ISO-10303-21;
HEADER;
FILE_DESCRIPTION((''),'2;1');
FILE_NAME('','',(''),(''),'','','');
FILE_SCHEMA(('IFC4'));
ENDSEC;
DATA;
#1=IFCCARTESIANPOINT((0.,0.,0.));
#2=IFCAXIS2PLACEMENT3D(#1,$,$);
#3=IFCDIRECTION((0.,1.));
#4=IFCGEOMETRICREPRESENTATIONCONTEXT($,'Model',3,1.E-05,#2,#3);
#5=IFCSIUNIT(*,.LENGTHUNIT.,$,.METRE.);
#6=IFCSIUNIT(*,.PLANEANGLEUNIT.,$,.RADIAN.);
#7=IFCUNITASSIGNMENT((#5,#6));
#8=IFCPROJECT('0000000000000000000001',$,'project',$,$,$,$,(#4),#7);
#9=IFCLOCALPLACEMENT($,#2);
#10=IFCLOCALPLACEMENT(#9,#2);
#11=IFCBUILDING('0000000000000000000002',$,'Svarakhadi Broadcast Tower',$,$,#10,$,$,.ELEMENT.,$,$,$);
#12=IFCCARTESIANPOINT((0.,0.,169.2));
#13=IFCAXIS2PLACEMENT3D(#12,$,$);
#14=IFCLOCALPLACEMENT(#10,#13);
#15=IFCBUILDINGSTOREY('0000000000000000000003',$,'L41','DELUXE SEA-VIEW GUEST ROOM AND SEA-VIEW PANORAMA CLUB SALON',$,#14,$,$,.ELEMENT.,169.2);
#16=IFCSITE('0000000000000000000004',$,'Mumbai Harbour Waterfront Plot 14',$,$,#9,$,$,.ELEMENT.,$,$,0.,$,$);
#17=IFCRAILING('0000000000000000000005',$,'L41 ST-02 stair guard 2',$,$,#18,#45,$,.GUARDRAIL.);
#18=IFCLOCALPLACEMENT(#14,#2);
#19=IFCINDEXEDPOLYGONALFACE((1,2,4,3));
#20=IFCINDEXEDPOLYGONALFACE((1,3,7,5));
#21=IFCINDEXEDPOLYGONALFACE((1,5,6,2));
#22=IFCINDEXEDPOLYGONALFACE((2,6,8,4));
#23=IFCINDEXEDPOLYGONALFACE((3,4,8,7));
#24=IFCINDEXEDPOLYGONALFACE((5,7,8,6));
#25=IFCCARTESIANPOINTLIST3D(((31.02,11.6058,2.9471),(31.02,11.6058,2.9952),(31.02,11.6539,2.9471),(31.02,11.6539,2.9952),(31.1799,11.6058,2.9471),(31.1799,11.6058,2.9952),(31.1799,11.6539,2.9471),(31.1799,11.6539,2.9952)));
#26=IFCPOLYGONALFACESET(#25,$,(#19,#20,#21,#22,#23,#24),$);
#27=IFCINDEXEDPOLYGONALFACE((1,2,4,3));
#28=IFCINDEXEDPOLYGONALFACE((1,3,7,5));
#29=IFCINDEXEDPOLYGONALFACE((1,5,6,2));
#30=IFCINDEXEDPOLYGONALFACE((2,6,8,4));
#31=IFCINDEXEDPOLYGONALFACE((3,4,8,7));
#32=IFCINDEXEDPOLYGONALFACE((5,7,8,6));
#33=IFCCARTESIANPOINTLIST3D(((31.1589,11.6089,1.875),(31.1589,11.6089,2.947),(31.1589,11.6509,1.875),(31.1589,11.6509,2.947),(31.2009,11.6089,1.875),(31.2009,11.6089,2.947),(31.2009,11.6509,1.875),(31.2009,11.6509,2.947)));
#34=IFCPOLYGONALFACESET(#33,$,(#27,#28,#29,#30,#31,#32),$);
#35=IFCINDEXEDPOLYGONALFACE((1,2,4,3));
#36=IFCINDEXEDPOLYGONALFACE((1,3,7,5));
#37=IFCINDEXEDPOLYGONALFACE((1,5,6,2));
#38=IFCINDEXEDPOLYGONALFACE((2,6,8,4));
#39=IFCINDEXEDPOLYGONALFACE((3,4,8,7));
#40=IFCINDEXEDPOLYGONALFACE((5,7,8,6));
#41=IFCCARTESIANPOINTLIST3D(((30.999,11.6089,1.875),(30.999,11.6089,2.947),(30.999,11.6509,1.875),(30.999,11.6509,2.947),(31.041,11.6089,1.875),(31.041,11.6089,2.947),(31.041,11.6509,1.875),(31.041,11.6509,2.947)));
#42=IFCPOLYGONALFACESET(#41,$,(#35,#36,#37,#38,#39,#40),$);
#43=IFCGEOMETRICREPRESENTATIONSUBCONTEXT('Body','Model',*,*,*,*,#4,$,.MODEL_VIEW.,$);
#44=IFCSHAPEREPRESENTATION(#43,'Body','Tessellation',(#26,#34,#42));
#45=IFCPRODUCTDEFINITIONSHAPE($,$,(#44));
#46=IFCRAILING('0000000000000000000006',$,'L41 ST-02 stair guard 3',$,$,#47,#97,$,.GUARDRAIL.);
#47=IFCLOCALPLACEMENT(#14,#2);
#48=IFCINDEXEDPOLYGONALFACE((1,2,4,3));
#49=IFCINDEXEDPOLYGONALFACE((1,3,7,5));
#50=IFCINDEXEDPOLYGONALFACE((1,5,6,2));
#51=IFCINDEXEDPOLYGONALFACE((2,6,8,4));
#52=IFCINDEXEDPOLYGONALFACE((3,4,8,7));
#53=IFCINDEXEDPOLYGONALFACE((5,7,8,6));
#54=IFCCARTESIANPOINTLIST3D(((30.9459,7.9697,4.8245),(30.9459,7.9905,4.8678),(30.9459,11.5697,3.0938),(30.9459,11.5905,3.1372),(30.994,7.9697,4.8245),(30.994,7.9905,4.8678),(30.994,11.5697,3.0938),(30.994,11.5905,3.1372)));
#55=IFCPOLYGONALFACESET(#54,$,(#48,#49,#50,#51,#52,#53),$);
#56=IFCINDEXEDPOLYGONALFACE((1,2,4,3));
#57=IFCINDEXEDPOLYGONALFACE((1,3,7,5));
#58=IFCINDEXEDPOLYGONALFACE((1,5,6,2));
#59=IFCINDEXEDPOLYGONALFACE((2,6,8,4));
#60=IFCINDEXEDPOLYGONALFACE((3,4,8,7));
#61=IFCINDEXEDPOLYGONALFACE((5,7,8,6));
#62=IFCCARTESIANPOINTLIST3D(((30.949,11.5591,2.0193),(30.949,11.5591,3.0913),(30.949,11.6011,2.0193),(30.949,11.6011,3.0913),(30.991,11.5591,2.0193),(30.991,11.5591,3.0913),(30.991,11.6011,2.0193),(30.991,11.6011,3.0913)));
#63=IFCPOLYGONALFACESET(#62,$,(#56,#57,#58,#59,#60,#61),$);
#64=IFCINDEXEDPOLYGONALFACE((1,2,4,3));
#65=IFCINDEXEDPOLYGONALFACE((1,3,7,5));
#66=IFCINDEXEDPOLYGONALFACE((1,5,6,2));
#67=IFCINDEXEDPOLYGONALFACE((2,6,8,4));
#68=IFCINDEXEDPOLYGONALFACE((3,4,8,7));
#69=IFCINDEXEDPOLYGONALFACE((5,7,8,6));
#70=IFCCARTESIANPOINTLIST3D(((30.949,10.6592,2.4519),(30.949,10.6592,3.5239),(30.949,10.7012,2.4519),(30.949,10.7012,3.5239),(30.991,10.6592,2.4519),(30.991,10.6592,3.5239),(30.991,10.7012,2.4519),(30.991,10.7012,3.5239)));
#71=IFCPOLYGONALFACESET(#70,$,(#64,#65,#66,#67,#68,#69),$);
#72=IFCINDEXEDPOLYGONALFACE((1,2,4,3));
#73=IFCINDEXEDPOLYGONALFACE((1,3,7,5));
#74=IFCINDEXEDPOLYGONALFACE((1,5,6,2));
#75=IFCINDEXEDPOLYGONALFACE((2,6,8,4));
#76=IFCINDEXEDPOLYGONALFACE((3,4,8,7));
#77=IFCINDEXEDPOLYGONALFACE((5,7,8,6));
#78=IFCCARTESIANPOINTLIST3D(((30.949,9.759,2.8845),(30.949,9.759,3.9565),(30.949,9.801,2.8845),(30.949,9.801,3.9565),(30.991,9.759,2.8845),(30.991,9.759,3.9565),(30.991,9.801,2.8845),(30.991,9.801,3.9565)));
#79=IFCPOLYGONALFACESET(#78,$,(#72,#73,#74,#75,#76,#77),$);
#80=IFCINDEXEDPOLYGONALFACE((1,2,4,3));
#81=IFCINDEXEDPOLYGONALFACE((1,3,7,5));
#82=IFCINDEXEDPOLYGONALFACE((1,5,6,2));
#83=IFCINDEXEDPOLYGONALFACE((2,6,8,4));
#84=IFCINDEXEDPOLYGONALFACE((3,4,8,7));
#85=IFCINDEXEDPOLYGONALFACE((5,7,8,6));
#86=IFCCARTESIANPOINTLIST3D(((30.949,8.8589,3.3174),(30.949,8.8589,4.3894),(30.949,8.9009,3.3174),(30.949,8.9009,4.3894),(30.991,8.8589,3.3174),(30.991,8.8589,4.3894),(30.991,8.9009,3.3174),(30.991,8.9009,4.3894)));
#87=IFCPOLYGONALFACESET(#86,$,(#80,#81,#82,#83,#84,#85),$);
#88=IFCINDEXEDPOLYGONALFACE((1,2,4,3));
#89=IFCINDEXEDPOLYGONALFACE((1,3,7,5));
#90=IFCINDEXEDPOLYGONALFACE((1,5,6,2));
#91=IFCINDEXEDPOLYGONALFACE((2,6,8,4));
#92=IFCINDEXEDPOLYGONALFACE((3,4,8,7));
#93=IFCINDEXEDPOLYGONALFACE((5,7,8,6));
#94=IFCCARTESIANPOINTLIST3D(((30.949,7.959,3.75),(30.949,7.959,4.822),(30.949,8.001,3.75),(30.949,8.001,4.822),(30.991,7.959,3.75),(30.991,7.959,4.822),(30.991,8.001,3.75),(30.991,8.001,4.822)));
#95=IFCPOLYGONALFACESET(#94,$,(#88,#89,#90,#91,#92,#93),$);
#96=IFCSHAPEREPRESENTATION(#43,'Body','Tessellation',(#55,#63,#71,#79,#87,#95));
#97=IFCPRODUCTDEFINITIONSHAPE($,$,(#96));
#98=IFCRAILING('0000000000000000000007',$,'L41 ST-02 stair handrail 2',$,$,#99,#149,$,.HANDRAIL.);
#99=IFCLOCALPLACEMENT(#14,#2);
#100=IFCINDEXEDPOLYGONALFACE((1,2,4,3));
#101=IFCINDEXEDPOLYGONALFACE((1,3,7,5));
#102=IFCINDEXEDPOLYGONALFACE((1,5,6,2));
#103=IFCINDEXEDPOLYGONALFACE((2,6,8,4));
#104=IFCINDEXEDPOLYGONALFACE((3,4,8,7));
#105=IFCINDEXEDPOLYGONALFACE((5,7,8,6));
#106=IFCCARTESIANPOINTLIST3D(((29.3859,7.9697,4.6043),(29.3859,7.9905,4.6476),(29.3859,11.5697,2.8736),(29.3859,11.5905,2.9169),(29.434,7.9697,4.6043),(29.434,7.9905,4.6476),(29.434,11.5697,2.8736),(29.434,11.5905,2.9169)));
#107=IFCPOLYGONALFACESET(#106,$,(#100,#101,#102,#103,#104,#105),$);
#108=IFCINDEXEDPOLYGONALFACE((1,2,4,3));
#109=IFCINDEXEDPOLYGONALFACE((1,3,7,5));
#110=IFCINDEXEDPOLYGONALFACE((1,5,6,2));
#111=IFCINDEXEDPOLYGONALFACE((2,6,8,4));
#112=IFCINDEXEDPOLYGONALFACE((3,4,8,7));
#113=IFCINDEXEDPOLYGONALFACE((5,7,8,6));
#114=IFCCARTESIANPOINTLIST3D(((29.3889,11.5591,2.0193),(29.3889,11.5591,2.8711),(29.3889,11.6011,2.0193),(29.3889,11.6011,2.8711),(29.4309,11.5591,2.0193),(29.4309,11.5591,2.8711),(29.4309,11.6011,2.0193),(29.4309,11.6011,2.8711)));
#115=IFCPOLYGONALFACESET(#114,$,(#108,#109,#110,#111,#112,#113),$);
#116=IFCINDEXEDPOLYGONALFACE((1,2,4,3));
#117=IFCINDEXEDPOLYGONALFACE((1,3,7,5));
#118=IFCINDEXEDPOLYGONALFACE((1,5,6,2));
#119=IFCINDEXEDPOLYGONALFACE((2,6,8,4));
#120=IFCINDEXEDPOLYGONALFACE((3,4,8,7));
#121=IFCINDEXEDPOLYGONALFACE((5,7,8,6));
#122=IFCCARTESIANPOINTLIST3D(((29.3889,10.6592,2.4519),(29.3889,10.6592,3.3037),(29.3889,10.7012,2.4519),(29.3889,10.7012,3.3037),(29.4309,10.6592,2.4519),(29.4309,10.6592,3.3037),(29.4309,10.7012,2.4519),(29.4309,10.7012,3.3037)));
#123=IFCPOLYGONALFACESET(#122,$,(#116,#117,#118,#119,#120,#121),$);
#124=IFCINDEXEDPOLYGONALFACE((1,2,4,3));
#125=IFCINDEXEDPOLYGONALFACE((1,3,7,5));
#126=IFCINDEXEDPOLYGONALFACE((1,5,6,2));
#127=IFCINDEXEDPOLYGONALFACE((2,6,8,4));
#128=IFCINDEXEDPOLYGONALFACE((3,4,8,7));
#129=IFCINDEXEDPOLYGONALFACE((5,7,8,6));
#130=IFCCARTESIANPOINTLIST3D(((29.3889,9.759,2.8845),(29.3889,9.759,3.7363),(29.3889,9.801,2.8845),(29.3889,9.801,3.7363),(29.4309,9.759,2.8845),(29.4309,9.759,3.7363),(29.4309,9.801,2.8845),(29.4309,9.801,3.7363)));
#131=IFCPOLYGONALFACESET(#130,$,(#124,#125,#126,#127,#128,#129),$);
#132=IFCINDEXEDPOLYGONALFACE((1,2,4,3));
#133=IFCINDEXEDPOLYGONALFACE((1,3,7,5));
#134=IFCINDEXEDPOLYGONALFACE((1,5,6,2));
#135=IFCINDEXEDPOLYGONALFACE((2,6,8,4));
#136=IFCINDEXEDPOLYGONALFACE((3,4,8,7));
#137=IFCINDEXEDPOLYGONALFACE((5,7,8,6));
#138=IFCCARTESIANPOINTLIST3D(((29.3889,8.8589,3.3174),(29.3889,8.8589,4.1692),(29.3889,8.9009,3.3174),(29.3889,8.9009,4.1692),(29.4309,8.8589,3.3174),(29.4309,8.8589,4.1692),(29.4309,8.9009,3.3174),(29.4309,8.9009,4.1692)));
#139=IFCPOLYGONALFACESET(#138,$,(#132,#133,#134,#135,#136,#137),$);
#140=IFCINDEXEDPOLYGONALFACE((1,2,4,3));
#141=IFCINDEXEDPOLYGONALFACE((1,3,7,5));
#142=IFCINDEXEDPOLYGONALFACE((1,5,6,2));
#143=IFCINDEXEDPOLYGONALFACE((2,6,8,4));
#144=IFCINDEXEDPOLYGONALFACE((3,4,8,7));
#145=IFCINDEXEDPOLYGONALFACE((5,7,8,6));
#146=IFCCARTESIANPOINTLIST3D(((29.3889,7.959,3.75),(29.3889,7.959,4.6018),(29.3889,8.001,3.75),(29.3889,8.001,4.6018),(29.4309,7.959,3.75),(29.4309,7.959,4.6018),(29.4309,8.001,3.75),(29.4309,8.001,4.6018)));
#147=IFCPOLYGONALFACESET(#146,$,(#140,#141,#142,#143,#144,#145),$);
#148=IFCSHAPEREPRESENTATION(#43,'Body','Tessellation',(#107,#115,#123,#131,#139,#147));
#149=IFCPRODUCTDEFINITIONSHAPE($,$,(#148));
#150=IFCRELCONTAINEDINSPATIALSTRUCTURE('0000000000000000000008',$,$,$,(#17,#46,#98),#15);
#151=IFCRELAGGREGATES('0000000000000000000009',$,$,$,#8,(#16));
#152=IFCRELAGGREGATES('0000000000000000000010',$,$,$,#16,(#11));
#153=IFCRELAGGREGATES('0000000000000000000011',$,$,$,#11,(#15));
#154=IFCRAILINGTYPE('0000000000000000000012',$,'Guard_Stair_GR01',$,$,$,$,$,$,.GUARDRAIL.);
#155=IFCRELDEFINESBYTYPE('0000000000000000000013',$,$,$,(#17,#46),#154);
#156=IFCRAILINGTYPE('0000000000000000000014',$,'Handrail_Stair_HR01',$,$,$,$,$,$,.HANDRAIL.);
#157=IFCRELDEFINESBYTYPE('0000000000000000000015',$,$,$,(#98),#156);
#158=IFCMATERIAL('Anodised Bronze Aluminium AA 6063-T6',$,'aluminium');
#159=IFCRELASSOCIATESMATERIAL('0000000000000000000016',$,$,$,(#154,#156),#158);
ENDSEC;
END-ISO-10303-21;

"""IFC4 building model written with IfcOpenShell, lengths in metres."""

from ifc_helpers import new_model, si_unit, direction, frame, origin, origin_2d, place, context, subcontext, project, spatial, rectangle, extrude, material, type_object, element, save


model = new_model("IFC4")

# Units and contexts
model_context = context("Model", 3, precision=1e-05, world=origin(), true_north=direction((0.0, 1.0)))
body_context = subcontext(model_context, "Body", "Model", "MODEL_VIEW")
ifc_project = project(units=[si_unit("LENGTHUNIT", "METRE"), si_unit("PLANEANGLEUNIT", "RADIAN")], contexts=[model_context])

# Site, building, storey
site_placement = place(None, origin())
site = spatial("IfcSite", under=ifc_project, at=site_placement, Name="Mumbai Harbour Waterfront Plot 14", CompositionType="ELEMENT", RefElevation=0.0)
building_placement = place(site_placement, origin())
building = spatial("IfcBuilding", under=site, at=building_placement, Name="Svarakhadi Broadcast Tower", CompositionType="ELEMENT")
storey_placement = place(building_placement, frame((0.0, 0.0, 169.2)))
storey = spatial("IfcBuildingStorey", under=building, at=storey_placement, Name="L41", Description="DELUXE SEA-VIEW GUEST ROOM AND SEA-VIEW PANORAMA CLUB SALON", CompositionType="ELEMENT", Elevation=169.2)

# Shared definitions
ifc_material_1 = material(Name="Anodised Bronze Aluminium AA 6063-T6", Category="aluminium")

# Railings
railing_type_1 = type_object("IfcRailingType", Name="Guard_Stair_GR01", PredefinedType="GUARDRAIL", material=ifc_material_1)
railing_1_placement = place(storey_placement, frame((31.1799, 11.6299, 1.875)))
element("IfcRailing", 1, at=railing_1_placement, inside=storey, type_object=railing_type_1, Name="L41 ST-02 stair guard 2", PredefinedType="GUARDRAIL", context=body_context, shape_type="SweptSolid", body=[
    extrude(rectangle(XDim=0.0481, YDim=0.0481, at=origin_2d()), frame((0.0, 0.0, 1.0962), z_axis=(-1.0, 0.0, 0.0), x_axis=(0.0, -1.0, 0.0)), (0.0, 0.0, 1.0), 0.1599),
    extrude(rectangle(XDim=0.042, YDim=0.042, at=origin_2d()), origin(), (0.0, 0.0, 1.0), 1.072),
    extrude(rectangle(XDim=0.042, YDim=0.042, at=origin_2d()), frame((-0.1599, 0.0, 0.0)), (0.0, 0.0, 1.0), 1.072),
])
railing_2_placement = place(storey_placement, frame((30.97, 11.5801, 2.0193)))
element("IfcRailing", 2, at=railing_2_placement, inside=storey, type_object=railing_type_1, Name="L41 ST-02 stair guard 3", PredefinedType="GUARDRAIL", context=body_context, shape_type="SweptSolid", body=[
    extrude(rectangle(XDim=0.0481, YDim=0.0481, at=origin_2d()), frame((0.0, 0.0, 1.0962), z_axis=(0.0, -0.901263, 0.433273), x_axis=(1.0, 0.0, 0.0)), (0.0, 0.0, 1.0), 3.9944),
    extrude(rectangle(XDim=0.042, YDim=0.042, at=origin_2d()), origin(), (0.0, 0.0, 1.0), 1.072),
    extrude(rectangle(XDim=0.042, YDim=0.042, at=origin_2d()), frame((0.0, -0.8999, 0.4326)), (0.0, 0.0, 1.0), 1.072),
    extrude(rectangle(XDim=0.042, YDim=0.042, at=origin_2d()), frame((0.0, -1.8, 0.8652)), (0.0, 0.0, 1.0), 1.072),
    extrude(rectangle(XDim=0.042, YDim=0.042, at=origin_2d()), frame((0.0, -2.7002, 1.2981)), (0.0, 0.0, 1.0), 1.072),
    extrude(rectangle(XDim=0.042, YDim=0.042, at=origin_2d()), frame((0.0, -3.6001, 1.7307)), (0.0, 0.0, 1.0), 1.072),
])
railing_type_2 = type_object("IfcRailingType", Name="Handrail_Stair_HR01", PredefinedType="HANDRAIL", material=ifc_material_1)
railing_3_placement = place(storey_placement, frame((29.4099, 11.5801, 2.0193)))
element("IfcRailing", 3, at=railing_3_placement, inside=storey, type_object=railing_type_2, Name="L41 ST-02 stair handrail 2", PredefinedType="HANDRAIL", context=body_context, shape_type="SweptSolid", body=[
    extrude(rectangle(XDim=0.0481, YDim=0.0481, at=origin_2d()), frame((0.0, 0.0, 0.876), z_axis=(0.0, -0.901263, 0.433273), x_axis=(1.0, 0.0, 0.0)), (0.0, 0.0, 1.0), 3.9944),
    extrude(rectangle(XDim=0.042, YDim=0.042, at=origin_2d()), origin(), (0.0, 0.0, 1.0), 0.8518),
    extrude(rectangle(XDim=0.042, YDim=0.042, at=origin_2d()), frame((0.0, -0.8999, 0.4326)), (0.0, 0.0, 1.0), 0.8518),
    extrude(rectangle(XDim=0.042, YDim=0.042, at=origin_2d()), frame((0.0, -1.8, 0.8652)), (0.0, 0.0, 1.0), 0.8518),
    extrude(rectangle(XDim=0.042, YDim=0.042, at=origin_2d()), frame((0.0, -2.7002, 1.2981)), (0.0, 0.0, 1.0), 0.8518),
    extrude(rectangle(XDim=0.042, YDim=0.042, at=origin_2d()), frame((0.0, -3.6001, 1.7307)), (0.0, 0.0, 1.0), 0.8518),
])

save(model, "model.ifc")
